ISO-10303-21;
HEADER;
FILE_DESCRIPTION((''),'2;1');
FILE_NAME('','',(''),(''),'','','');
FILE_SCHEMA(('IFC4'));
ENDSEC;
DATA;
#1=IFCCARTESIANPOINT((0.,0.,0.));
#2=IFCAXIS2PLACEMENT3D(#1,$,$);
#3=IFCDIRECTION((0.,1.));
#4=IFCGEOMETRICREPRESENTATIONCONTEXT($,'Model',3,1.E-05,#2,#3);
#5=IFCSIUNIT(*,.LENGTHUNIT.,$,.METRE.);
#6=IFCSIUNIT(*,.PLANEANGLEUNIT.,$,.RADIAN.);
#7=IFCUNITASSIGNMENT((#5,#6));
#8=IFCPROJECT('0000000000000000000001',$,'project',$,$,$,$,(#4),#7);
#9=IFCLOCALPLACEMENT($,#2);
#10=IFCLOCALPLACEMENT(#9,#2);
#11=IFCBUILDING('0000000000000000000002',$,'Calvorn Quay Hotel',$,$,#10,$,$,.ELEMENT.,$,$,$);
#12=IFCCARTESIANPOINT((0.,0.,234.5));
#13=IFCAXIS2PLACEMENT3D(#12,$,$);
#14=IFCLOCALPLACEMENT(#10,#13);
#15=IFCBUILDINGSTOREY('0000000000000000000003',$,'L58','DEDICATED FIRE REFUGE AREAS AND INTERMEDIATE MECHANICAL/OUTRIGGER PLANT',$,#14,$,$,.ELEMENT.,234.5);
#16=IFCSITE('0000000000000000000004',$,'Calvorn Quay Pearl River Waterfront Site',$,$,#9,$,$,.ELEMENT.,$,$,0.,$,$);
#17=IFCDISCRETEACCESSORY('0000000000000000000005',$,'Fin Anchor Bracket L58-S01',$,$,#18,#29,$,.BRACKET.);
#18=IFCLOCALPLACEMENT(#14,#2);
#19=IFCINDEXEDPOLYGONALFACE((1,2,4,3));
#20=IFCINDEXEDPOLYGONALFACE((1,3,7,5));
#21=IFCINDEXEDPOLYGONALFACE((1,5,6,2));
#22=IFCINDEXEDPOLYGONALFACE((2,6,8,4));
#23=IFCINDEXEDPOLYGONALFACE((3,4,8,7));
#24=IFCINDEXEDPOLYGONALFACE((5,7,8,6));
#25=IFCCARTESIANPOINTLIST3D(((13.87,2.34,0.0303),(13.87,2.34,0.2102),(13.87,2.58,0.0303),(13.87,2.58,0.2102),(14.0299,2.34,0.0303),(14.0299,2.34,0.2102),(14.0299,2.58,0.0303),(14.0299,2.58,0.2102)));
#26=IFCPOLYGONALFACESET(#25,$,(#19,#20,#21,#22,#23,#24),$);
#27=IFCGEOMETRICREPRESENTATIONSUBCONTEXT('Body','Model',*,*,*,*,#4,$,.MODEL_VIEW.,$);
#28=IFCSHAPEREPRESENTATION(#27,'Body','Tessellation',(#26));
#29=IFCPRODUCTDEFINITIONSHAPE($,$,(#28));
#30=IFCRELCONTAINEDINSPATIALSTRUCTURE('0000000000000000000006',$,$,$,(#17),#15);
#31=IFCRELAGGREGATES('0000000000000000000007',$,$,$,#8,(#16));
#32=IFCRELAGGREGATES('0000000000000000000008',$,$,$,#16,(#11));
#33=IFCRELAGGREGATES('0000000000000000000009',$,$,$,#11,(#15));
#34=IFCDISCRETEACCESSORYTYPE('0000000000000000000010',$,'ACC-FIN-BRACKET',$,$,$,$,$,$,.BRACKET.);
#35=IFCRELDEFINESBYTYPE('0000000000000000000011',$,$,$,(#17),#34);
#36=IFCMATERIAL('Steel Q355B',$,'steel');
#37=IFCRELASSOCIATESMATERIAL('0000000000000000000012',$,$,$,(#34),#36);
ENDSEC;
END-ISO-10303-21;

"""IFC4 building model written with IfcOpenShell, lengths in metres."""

from ifc_helpers import new_model, si_unit, direction, frame, origin, origin_2d, place, context, subcontext, project, spatial, rectangle, extrude, material, type_object, element, save


model = new_model("IFC4")

# Units and contexts
model_context = context("Model", 3, precision=1e-05, world=origin(), true_north=direction((0.0, 1.0)))
body_context = subcontext(model_context, "Body", "Model", "MODEL_VIEW")
ifc_project = project(units=[si_unit("LENGTHUNIT", "METRE"), si_unit("PLANEANGLEUNIT", "RADIAN")], contexts=[model_context])

# Site, building, storey
site_placement = place(None, origin())
site = spatial("IfcSite", under=ifc_project, at=site_placement, Name="Calvorn Quay Pearl River Waterfront Site", CompositionType="ELEMENT", RefElevation=0.0)
building_placement = place(site_placement, origin())
building = spatial("IfcBuilding", under=site, at=building_placement, Name="Calvorn Quay Hotel", CompositionType="ELEMENT")
storey_placement = place(building_placement, frame((0.0, 0.0, 234.5)))
storey = spatial("IfcBuildingStorey", under=building, at=storey_placement, Name="L58", Description="DEDICATED FIRE REFUGE AREAS AND INTERMEDIATE MECHANICAL/OUTRIGGER PLANT", CompositionType="ELEMENT", Elevation=234.5)

# Discrete accessory
ifc_material_1 = material(Name="Steel Q355B", Category="steel")
discrete_accessory_type = type_object("IfcDiscreteAccessoryType", Name="ACC-FIN-BRACKET", PredefinedType="BRACKET", material=ifc_material_1)
discrete_accessory_placement = place(storey_placement, frame((13.95, 2.46, 0.0303), z_axis=(0.0, 0.0, 1.0), x_axis=(0.0, 1.0, 0.0)))
element("IfcDiscreteAccessory", 1, at=discrete_accessory_placement, inside=storey, type_object=discrete_accessory_type, Name="Fin Anchor Bracket L58-S01", PredefinedType="BRACKET", context=body_context, shape_type="SweptSolid", body=[
    extrude(rectangle(XDim=0.24, YDim=0.1599, at=origin_2d()), origin(), (0.0, 0.0, 1.0), 0.1799),
])

save(model, "model.ifc")
